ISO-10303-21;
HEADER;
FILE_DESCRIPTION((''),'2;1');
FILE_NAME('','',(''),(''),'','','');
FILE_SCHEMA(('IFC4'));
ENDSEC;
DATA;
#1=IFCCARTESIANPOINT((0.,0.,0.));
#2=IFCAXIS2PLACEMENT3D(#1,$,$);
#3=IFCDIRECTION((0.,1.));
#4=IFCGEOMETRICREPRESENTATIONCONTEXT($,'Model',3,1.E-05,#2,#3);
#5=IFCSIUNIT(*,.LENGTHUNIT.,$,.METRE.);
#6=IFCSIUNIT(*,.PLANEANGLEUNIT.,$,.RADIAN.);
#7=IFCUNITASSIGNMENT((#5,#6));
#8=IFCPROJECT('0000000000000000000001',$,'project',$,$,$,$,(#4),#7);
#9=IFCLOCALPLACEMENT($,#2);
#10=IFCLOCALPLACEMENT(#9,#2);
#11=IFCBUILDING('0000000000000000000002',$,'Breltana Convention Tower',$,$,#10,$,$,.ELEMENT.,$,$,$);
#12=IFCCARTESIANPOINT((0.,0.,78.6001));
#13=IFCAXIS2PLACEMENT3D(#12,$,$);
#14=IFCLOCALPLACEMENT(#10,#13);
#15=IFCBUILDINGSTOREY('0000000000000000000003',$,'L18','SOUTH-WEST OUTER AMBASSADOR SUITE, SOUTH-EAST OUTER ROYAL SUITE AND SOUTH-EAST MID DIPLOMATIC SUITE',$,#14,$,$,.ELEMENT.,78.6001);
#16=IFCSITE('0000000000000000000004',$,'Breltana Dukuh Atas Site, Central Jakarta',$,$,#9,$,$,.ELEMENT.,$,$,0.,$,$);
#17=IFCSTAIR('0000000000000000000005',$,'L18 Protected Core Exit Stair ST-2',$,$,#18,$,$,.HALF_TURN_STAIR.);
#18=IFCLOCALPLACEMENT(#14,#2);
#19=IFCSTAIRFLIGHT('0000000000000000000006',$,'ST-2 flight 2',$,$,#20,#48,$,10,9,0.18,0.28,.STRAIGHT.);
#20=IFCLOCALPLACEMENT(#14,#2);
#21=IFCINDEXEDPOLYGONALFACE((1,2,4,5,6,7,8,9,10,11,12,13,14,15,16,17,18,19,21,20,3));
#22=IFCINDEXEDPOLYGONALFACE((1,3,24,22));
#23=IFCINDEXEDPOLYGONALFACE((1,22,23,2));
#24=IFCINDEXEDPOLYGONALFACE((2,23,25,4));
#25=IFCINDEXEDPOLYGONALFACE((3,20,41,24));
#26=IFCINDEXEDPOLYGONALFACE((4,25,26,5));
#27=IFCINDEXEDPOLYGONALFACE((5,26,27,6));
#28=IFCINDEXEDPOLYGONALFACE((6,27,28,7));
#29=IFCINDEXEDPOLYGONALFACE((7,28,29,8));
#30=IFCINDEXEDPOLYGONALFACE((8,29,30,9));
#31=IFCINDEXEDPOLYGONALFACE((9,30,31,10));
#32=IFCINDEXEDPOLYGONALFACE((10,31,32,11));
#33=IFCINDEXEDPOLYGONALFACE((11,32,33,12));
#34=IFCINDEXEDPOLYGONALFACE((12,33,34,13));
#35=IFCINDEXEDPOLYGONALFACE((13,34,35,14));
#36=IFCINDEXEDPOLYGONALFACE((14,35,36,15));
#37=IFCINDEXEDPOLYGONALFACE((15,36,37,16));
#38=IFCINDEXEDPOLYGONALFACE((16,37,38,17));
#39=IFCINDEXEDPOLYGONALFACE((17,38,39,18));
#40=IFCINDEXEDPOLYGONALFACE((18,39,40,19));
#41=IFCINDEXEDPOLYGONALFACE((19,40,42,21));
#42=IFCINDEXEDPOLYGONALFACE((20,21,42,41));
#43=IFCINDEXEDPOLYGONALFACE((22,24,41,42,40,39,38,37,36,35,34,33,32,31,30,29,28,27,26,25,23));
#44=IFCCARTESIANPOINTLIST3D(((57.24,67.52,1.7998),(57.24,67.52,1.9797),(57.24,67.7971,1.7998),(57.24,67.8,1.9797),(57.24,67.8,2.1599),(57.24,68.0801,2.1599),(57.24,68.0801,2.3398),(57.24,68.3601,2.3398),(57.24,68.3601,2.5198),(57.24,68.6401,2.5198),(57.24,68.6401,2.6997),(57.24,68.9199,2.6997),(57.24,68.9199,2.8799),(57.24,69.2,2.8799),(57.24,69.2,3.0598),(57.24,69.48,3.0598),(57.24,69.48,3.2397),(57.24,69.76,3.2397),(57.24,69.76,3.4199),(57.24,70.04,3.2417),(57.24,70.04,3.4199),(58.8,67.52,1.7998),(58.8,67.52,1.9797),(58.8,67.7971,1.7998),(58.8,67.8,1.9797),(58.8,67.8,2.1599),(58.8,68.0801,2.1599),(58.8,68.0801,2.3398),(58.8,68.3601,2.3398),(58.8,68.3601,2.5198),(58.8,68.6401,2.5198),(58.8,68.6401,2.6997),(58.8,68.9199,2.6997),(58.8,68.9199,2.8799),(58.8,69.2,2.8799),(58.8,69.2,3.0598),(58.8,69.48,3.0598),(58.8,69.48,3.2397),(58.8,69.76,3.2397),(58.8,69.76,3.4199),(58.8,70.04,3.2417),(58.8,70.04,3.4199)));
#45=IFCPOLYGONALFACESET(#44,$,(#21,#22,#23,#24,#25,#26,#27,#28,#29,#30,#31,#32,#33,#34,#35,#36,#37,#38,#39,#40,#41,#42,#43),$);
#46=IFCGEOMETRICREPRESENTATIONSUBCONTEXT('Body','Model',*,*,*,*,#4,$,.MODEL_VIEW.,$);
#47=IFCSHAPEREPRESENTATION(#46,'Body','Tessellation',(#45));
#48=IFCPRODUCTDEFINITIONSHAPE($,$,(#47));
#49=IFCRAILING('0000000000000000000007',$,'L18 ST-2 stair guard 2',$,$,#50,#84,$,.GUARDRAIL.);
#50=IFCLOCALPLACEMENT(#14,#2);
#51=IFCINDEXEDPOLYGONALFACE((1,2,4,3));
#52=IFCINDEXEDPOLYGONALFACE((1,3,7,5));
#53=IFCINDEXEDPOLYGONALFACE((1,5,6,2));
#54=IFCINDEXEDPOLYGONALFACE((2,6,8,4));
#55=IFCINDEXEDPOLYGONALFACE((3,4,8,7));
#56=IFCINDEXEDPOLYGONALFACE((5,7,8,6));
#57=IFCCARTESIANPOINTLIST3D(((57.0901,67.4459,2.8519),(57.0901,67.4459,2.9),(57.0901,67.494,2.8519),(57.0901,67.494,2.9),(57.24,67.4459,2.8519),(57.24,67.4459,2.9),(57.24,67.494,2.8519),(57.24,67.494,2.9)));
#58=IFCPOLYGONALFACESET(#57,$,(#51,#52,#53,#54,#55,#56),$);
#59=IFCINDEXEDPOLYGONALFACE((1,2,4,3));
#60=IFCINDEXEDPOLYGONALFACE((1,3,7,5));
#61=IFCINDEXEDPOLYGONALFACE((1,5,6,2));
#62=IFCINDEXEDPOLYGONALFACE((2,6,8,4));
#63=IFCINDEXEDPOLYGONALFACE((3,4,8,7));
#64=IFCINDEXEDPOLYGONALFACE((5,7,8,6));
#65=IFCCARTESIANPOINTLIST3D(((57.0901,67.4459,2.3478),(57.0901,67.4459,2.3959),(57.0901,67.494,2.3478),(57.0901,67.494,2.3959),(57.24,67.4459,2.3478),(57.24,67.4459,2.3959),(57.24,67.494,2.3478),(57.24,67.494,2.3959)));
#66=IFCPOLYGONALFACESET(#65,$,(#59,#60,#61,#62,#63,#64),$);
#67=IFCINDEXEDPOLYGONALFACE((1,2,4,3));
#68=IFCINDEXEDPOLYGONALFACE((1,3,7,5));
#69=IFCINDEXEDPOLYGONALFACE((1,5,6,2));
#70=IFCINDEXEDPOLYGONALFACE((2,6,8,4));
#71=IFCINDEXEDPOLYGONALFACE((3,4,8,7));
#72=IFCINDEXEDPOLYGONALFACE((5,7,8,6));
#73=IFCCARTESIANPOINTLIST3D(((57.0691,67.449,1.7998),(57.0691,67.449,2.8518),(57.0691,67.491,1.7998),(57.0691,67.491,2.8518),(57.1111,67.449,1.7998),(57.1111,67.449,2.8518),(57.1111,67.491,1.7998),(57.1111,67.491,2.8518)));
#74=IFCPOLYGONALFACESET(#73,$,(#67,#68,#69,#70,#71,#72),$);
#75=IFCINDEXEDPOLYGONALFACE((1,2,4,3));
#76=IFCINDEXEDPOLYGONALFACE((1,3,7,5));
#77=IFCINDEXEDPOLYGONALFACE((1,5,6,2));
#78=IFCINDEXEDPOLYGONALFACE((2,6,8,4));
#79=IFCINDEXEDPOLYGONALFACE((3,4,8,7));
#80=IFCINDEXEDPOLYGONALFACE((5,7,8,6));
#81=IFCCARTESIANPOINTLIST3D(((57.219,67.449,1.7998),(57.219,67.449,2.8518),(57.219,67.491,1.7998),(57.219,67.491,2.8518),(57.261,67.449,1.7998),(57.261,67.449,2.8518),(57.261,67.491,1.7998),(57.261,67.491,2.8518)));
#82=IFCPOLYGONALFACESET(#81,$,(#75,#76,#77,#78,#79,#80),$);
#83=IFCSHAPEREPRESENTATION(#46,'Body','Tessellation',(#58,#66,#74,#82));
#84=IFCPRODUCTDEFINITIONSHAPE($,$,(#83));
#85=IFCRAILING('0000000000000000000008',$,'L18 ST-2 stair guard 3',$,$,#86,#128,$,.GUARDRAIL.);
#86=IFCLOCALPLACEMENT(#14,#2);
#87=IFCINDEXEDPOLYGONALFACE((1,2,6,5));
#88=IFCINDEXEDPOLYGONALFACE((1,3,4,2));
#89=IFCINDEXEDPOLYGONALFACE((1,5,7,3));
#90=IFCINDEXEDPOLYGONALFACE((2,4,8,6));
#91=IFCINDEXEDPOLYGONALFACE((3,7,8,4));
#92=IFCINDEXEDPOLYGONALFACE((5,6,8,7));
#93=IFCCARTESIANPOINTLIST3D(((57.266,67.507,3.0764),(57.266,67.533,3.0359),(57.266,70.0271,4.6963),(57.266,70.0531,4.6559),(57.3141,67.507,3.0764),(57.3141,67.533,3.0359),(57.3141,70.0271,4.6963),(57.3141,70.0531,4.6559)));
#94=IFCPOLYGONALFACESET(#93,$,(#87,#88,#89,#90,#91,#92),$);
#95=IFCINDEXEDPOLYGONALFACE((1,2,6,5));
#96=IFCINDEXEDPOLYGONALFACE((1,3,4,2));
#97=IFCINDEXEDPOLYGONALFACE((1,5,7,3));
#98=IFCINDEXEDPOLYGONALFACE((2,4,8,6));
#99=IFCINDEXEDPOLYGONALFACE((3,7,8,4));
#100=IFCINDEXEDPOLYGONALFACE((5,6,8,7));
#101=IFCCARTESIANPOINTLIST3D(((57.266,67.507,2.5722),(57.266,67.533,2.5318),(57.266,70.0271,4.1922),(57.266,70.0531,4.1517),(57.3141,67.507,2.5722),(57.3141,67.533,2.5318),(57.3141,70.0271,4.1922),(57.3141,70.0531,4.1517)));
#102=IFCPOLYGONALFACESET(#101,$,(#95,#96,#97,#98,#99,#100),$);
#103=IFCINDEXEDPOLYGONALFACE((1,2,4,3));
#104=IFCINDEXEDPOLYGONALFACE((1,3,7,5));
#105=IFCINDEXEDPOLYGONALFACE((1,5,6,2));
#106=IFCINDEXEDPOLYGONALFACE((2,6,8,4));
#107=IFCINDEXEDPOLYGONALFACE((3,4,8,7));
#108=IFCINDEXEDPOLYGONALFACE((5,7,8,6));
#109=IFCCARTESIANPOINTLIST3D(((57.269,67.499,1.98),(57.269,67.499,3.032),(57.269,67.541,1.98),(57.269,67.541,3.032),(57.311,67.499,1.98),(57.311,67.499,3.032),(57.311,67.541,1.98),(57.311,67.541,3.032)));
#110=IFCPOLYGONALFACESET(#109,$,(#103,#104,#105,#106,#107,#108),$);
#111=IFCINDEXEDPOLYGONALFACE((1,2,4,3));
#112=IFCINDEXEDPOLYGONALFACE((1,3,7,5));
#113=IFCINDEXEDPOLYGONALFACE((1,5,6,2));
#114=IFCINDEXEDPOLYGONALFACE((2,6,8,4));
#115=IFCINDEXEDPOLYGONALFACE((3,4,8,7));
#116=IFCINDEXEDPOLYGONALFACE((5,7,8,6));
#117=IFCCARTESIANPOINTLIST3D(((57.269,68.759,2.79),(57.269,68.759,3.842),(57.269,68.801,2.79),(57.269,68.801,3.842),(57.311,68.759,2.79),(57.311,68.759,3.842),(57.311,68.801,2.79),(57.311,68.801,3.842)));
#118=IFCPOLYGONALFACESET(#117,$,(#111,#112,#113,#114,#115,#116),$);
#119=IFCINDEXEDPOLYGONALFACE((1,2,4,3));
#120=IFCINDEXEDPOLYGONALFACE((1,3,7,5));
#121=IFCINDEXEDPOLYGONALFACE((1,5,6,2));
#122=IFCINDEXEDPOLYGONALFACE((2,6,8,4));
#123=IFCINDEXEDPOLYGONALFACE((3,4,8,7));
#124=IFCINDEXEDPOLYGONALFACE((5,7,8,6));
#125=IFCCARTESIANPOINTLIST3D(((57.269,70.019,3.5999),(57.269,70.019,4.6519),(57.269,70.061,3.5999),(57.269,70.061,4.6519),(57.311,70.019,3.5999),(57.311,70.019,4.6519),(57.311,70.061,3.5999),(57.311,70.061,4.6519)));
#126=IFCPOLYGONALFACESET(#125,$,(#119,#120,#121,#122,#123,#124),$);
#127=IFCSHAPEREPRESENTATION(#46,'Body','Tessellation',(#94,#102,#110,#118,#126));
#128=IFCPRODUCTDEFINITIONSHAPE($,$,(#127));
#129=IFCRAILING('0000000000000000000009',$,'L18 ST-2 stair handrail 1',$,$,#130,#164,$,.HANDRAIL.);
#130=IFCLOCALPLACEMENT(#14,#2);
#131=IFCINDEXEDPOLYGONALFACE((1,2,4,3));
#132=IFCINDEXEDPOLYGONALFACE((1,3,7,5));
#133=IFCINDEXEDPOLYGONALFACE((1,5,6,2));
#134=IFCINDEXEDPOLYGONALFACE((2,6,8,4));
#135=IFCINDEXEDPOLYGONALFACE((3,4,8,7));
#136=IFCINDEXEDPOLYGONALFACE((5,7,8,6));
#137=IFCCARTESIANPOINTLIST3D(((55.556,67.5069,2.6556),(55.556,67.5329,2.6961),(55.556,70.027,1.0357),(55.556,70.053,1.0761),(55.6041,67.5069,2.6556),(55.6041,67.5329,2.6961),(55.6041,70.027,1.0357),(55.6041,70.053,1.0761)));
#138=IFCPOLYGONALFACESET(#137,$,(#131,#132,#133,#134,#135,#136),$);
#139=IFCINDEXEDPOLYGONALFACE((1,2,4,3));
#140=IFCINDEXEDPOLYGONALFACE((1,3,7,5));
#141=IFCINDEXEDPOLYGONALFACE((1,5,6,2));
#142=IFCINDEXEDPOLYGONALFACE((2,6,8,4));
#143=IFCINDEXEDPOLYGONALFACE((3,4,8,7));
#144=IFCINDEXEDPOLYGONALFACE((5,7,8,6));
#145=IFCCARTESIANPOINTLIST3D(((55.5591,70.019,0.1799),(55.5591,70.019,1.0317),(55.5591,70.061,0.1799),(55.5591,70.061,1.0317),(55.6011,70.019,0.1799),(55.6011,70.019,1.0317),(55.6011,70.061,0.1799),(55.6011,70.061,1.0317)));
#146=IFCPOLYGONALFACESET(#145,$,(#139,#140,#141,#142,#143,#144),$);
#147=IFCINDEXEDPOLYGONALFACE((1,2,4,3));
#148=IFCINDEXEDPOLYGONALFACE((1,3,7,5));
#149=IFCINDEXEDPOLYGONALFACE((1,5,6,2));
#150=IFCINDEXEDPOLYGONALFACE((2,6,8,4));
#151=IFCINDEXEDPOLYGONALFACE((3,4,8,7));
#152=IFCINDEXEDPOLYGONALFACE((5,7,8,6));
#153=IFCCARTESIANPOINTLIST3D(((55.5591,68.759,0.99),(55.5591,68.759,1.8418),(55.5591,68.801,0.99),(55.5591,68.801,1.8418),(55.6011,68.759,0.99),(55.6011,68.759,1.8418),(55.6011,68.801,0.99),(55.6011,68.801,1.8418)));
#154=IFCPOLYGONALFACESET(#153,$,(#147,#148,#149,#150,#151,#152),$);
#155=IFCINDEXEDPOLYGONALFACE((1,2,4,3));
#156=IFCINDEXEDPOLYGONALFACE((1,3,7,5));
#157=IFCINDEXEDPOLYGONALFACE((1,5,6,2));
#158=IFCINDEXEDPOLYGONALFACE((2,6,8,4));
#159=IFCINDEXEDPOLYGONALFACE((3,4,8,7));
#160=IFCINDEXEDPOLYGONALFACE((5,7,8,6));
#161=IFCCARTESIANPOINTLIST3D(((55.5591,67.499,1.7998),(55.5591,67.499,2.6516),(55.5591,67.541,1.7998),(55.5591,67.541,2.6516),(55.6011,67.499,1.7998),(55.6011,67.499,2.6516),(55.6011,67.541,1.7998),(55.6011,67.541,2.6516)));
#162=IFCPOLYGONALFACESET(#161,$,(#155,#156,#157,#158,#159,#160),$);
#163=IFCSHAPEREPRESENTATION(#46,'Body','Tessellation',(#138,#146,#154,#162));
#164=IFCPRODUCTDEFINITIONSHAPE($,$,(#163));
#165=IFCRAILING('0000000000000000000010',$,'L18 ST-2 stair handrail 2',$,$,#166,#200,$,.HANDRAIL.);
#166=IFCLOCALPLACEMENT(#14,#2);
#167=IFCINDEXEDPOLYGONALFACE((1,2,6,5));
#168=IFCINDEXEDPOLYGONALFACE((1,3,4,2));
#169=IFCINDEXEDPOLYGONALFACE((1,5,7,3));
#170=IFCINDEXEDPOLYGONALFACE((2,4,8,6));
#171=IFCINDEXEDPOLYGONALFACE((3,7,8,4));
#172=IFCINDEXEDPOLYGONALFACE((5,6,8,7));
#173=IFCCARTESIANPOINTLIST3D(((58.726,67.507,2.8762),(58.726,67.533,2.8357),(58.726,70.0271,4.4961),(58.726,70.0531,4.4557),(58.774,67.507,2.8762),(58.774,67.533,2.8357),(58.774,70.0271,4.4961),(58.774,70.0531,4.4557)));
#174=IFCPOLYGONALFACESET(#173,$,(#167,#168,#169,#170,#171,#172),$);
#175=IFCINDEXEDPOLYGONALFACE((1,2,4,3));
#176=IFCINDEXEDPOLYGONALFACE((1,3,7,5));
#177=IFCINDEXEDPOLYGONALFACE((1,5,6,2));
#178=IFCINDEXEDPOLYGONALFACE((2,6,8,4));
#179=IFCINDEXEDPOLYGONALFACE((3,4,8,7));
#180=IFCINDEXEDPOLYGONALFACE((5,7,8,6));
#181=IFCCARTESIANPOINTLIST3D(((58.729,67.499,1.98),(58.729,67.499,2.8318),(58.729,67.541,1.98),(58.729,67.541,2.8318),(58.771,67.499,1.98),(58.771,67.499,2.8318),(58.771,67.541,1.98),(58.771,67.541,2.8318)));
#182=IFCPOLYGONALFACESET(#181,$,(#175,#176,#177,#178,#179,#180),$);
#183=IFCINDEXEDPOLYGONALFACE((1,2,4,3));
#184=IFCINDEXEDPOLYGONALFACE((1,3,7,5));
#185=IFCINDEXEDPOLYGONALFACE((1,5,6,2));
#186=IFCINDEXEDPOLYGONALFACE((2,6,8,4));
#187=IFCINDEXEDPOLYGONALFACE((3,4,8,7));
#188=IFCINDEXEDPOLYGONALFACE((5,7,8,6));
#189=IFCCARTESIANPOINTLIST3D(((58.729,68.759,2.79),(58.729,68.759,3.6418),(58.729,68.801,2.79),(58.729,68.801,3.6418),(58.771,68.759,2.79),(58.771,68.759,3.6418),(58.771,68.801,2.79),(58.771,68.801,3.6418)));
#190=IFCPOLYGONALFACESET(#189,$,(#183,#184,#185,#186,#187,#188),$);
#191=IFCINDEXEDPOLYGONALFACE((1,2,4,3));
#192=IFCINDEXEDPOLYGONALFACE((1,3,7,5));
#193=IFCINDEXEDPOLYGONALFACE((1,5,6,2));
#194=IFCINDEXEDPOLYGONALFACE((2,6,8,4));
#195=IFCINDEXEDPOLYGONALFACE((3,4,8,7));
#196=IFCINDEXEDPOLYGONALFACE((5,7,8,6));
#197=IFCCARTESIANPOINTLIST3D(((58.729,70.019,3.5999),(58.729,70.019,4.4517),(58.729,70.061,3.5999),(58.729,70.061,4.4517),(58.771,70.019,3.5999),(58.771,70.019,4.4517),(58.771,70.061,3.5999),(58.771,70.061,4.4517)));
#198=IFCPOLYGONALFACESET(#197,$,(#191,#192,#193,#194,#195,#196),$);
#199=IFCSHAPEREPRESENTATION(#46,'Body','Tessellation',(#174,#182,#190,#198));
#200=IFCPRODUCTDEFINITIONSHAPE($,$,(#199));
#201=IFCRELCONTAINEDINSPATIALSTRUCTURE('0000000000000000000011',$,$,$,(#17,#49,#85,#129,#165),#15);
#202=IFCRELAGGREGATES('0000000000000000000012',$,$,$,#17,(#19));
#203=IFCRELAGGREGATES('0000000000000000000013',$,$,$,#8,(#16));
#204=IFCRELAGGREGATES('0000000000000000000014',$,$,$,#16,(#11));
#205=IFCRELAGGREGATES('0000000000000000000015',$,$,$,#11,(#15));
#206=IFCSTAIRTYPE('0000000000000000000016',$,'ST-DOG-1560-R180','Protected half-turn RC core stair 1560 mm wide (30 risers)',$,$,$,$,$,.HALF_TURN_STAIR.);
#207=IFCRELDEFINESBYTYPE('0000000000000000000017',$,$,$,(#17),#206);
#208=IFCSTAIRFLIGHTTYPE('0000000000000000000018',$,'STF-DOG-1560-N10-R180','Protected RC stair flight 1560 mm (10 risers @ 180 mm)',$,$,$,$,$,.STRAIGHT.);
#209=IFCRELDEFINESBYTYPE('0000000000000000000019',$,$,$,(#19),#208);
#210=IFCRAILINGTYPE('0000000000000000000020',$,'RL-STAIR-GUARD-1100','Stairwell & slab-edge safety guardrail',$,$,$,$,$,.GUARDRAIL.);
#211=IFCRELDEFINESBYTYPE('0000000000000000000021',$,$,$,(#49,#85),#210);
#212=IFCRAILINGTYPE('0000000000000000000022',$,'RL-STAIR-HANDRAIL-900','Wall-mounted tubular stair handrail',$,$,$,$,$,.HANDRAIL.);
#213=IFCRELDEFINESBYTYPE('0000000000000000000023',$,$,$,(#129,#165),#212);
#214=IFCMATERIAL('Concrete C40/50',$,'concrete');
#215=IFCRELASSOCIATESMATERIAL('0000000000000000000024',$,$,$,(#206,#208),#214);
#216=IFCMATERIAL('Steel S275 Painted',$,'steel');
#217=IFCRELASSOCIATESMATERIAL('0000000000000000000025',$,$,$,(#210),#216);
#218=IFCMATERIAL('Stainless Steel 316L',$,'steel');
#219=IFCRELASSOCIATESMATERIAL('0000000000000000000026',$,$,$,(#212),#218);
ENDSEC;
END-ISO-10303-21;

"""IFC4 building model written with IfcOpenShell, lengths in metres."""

from ifc_helpers import new_model, si_unit, direction, frame, origin, origin_2d, place, context, subcontext, project, spatial, polyline, rectangle, outline, extrude, material, type_object, element, aggregate, save


model = new_model("IFC4")

# Units and contexts
model_context = context("Model", 3, precision=1e-05, world=origin(), true_north=direction((0.0, 1.0)))
body_context = subcontext(model_context, "Body", "Model", "MODEL_VIEW")
ifc_project = project(units=[si_unit("LENGTHUNIT", "METRE"), si_unit("PLANEANGLEUNIT", "RADIAN")], contexts=[model_context])

# Site, building, storey
site_placement = place(None, origin())
site = spatial("IfcSite", under=ifc_project, at=site_placement, Name="Breltana Dukuh Atas Site, Central Jakarta", CompositionType="ELEMENT", RefElevation=0.0)
building_placement = place(site_placement, origin())
building = spatial("IfcBuilding", under=site, at=building_placement, Name="Breltana Convention Tower", CompositionType="ELEMENT")
storey_placement = place(building_placement, frame((0.0, 0.0, 78.6001)))
storey = spatial("IfcBuildingStorey", under=building, at=storey_placement, Name="L18", Description="SOUTH-WEST OUTER AMBASSADOR SUITE, SOUTH-EAST OUTER ROYAL SUITE AND SOUTH-EAST MID DIPLOMATIC SUITE", CompositionType="ELEMENT", Elevation=78.6001)

# Stair, stair flight
ifc_material_1 = material(Name="Concrete C40/50", Category="concrete")
stair_type = type_object("IfcStairType", Name="ST-DOG-1560-R180", Description="Protected half-turn RC core stair 1560 mm wide (30 risers)", PredefinedType="HALF_TURN_STAIR", material=ifc_material_1)
stair_placement = place(storey_placement, origin())
stair = element("IfcStair", 1, at=stair_placement, inside=storey, type_object=stair_type, Name="L18 Protected Core Exit Stair ST-2", PredefinedType="HALF_TURN_STAIR")
stair_flight_type = type_object("IfcStairFlightType", Name="STF-DOG-1560-N10-R180", Description="Protected RC stair flight 1560 mm (10 risers @ 180 mm)", PredefinedType="STRAIGHT", material=ifc_material_1)
stair_flight_1_placement = place(storey_placement, frame((58.02, 67.52, 1.7998), z_axis=(0.0, 0.0, 1.0), x_axis=(0.0, 1.0, 0.0)))
stair_flight_1 = element("IfcStairFlight", 2, at=stair_flight_1_placement, type_object=stair_flight_type, Name="ST-2 flight 2", NumberOfRisers=10, NumberOfTreads=9, PredefinedType="STRAIGHT", RiserHeight=0.18, TreadLength=0.28, context=body_context, shape_type="SweptSolid", body=[
    extrude(outline(polyline([(0.0, 0.0), (0.0, 0.1799), (0.28, 0.1799), (0.28, 0.3601), (0.5601, 0.3601), (0.5601, 0.54), (0.8401, 0.54), (0.8401, 0.72), (1.1201, 0.72), (1.1201, 0.8999), (1.3999, 0.8999), (1.3999, 1.0801), (1.6799, 1.0801), (1.6799, 1.26), (1.96, 1.26), (1.96, 1.4399), (2.24, 1.4399), (2.24, 1.6201), (2.52, 1.6201), (2.52, 1.8), (2.52, 1.4419), (0.2771, 0.0), (0.0, 0.0)])), frame((0.0, 0.78, 0.0), z_axis=(0.0, -1.0, 0.0), x_axis=(1.0, 0.0, 0.0)), (0.0, 0.0, 1.0), 1.5601),
])
aggregate(stair, [stair_flight_1])

# Railings
ifc_material_2 = material(Name="Steel S275 Painted", Category="steel")
railing_type_1 = type_object("IfcRailingType", Name="RL-STAIR-GUARD-1100", Description="Stairwell & slab-edge safety guardrail", PredefinedType="GUARDRAIL", material=ifc_material_2)
railing_1_placement = place(storey_placement, frame((57.0901, 67.47, 1.7998)))
element("IfcRailing", 3, at=railing_1_placement, inside=storey, type_object=railing_type_1, Name="L18 ST-2 stair guard 2", PredefinedType="GUARDRAIL", context=body_context, shape_type="SweptSolid", body=[
    extrude(rectangle(XDim=0.0481, YDim=0.0481, at=origin_2d()), frame((0.0, 0.0, 1.0762), z_axis=(1.0, 0.0, 0.0), x_axis=(0.0, 1.0, 0.0)), (0.0, 0.0, 1.0), 0.1499),
    extrude(rectangle(XDim=0.0481, YDim=0.0481, at=origin_2d()), frame((0.0, 0.0, 0.572), z_axis=(1.0, 0.0, 0.0), x_axis=(0.0, 1.0, 0.0)), (0.0, 0.0, 1.0), 0.1499),
    extrude(rectangle(XDim=0.042, YDim=0.042, at=origin_2d()), origin(), (0.0, 0.0, 1.0), 1.052),
    extrude(rectangle(XDim=0.042, YDim=0.042, at=origin_2d()), frame((0.1499, 0.0, 0.0)), (0.0, 0.0, 1.0), 1.052),
])
railing_2_placement = place(storey_placement, frame((57.29, 67.52, 1.98)))
element("IfcRailing", 4, at=railing_2_placement, inside=storey, type_object=railing_type_1, Name="L18 ST-2 stair guard 3", PredefinedType="GUARDRAIL", context=body_context, shape_type="SweptSolid", body=[
    extrude(rectangle(XDim=0.0481, YDim=0.0481, at=origin_2d()), frame((0.0, 0.0, 1.0762), z_axis=(0.0, 0.8412, 0.540725), x_axis=(-1.0, 0.0, 0.0)), (0.0, 0.0, 1.0), 2.9958),
    extrude(rectangle(XDim=0.0481, YDim=0.0481, at=origin_2d()), frame((0.0, 0.0, 0.572), z_axis=(0.0, 0.8412, 0.540725), x_axis=(-1.0, 0.0, 0.0)), (0.0, 0.0, 1.0), 2.9958),
    extrude(rectangle(XDim=0.042, YDim=0.042, at=origin_2d()), origin(), (0.0, 0.0, 1.0), 1.052),
    extrude(rectangle(XDim=0.042, YDim=0.042, at=origin_2d()), frame((0.0, 1.26, 0.8101)), (0.0, 0.0, 1.0), 1.052),
    extrude(rectangle(XDim=0.042, YDim=0.042, at=origin_2d()), frame((0.0, 2.52, 1.6199)), (0.0, 0.0, 1.0), 1.052),
])
ifc_material_3 = material(Name="Stainless Steel 316L", Category="steel")
railing_type_2 = type_object("IfcRailingType", Name="RL-STAIR-HANDRAIL-900", Description="Wall-mounted tubular stair handrail", PredefinedType="HANDRAIL", material=ifc_material_3)
railing_3_placement = place(storey_placement, frame((55.5801, 70.04, 0.1799)))
element("IfcRailing", 5, at=railing_3_placement, inside=storey, type_object=railing_type_2, Name="L18 ST-2 stair handrail 1", PredefinedType="HANDRAIL", context=body_context, shape_type="SweptSolid", body=[
    extrude(rectangle(XDim=0.0481, YDim=0.0481, at=origin_2d()), frame((0.0, 0.0, 0.876), z_axis=(0.0, -0.8412, 0.540725), x_axis=(1.0, 0.0, 0.0)), (0.0, 0.0, 1.0), 2.9958),
    extrude(rectangle(XDim=0.042, YDim=0.042, at=origin_2d()), origin(), (0.0, 0.0, 1.0), 0.8518),
    extrude(rectangle(XDim=0.042, YDim=0.042, at=origin_2d()), frame((0.0, -1.26, 0.8101)), (0.0, 0.0, 1.0), 0.8518),
    extrude(rectangle(XDim=0.042, YDim=0.042, at=origin_2d()), frame((0.0, -2.52, 1.6199)), (0.0, 0.0, 1.0), 0.8518),
])
railing_4_placement = place(storey_placement, frame((58.75, 67.52, 1.98)))
element("IfcRailing", 6, at=railing_4_placement, inside=storey, type_object=railing_type_2, Name="L18 ST-2 stair handrail 2", PredefinedType="HANDRAIL", context=body_context, shape_type="SweptSolid", body=[
    extrude(rectangle(XDim=0.0481, YDim=0.0481, at=origin_2d()), frame((0.0, 0.0, 0.876), z_axis=(0.0, 0.8412, 0.540725), x_axis=(-1.0, 0.0, 0.0)), (0.0, 0.0, 1.0), 2.9958),
    extrude(rectangle(XDim=0.042, YDim=0.042, at=origin_2d()), origin(), (0.0, 0.0, 1.0), 0.8518),
    extrude(rectangle(XDim=0.042, YDim=0.042, at=origin_2d()), frame((0.0, 1.26, 0.8101)), (0.0, 0.0, 1.0), 0.8518),
    extrude(rectangle(XDim=0.042, YDim=0.042, at=origin_2d()), frame((0.0, 2.52, 1.6199)), (0.0, 0.0, 1.0), 0.8518),
])

save(model, "model.ifc")
